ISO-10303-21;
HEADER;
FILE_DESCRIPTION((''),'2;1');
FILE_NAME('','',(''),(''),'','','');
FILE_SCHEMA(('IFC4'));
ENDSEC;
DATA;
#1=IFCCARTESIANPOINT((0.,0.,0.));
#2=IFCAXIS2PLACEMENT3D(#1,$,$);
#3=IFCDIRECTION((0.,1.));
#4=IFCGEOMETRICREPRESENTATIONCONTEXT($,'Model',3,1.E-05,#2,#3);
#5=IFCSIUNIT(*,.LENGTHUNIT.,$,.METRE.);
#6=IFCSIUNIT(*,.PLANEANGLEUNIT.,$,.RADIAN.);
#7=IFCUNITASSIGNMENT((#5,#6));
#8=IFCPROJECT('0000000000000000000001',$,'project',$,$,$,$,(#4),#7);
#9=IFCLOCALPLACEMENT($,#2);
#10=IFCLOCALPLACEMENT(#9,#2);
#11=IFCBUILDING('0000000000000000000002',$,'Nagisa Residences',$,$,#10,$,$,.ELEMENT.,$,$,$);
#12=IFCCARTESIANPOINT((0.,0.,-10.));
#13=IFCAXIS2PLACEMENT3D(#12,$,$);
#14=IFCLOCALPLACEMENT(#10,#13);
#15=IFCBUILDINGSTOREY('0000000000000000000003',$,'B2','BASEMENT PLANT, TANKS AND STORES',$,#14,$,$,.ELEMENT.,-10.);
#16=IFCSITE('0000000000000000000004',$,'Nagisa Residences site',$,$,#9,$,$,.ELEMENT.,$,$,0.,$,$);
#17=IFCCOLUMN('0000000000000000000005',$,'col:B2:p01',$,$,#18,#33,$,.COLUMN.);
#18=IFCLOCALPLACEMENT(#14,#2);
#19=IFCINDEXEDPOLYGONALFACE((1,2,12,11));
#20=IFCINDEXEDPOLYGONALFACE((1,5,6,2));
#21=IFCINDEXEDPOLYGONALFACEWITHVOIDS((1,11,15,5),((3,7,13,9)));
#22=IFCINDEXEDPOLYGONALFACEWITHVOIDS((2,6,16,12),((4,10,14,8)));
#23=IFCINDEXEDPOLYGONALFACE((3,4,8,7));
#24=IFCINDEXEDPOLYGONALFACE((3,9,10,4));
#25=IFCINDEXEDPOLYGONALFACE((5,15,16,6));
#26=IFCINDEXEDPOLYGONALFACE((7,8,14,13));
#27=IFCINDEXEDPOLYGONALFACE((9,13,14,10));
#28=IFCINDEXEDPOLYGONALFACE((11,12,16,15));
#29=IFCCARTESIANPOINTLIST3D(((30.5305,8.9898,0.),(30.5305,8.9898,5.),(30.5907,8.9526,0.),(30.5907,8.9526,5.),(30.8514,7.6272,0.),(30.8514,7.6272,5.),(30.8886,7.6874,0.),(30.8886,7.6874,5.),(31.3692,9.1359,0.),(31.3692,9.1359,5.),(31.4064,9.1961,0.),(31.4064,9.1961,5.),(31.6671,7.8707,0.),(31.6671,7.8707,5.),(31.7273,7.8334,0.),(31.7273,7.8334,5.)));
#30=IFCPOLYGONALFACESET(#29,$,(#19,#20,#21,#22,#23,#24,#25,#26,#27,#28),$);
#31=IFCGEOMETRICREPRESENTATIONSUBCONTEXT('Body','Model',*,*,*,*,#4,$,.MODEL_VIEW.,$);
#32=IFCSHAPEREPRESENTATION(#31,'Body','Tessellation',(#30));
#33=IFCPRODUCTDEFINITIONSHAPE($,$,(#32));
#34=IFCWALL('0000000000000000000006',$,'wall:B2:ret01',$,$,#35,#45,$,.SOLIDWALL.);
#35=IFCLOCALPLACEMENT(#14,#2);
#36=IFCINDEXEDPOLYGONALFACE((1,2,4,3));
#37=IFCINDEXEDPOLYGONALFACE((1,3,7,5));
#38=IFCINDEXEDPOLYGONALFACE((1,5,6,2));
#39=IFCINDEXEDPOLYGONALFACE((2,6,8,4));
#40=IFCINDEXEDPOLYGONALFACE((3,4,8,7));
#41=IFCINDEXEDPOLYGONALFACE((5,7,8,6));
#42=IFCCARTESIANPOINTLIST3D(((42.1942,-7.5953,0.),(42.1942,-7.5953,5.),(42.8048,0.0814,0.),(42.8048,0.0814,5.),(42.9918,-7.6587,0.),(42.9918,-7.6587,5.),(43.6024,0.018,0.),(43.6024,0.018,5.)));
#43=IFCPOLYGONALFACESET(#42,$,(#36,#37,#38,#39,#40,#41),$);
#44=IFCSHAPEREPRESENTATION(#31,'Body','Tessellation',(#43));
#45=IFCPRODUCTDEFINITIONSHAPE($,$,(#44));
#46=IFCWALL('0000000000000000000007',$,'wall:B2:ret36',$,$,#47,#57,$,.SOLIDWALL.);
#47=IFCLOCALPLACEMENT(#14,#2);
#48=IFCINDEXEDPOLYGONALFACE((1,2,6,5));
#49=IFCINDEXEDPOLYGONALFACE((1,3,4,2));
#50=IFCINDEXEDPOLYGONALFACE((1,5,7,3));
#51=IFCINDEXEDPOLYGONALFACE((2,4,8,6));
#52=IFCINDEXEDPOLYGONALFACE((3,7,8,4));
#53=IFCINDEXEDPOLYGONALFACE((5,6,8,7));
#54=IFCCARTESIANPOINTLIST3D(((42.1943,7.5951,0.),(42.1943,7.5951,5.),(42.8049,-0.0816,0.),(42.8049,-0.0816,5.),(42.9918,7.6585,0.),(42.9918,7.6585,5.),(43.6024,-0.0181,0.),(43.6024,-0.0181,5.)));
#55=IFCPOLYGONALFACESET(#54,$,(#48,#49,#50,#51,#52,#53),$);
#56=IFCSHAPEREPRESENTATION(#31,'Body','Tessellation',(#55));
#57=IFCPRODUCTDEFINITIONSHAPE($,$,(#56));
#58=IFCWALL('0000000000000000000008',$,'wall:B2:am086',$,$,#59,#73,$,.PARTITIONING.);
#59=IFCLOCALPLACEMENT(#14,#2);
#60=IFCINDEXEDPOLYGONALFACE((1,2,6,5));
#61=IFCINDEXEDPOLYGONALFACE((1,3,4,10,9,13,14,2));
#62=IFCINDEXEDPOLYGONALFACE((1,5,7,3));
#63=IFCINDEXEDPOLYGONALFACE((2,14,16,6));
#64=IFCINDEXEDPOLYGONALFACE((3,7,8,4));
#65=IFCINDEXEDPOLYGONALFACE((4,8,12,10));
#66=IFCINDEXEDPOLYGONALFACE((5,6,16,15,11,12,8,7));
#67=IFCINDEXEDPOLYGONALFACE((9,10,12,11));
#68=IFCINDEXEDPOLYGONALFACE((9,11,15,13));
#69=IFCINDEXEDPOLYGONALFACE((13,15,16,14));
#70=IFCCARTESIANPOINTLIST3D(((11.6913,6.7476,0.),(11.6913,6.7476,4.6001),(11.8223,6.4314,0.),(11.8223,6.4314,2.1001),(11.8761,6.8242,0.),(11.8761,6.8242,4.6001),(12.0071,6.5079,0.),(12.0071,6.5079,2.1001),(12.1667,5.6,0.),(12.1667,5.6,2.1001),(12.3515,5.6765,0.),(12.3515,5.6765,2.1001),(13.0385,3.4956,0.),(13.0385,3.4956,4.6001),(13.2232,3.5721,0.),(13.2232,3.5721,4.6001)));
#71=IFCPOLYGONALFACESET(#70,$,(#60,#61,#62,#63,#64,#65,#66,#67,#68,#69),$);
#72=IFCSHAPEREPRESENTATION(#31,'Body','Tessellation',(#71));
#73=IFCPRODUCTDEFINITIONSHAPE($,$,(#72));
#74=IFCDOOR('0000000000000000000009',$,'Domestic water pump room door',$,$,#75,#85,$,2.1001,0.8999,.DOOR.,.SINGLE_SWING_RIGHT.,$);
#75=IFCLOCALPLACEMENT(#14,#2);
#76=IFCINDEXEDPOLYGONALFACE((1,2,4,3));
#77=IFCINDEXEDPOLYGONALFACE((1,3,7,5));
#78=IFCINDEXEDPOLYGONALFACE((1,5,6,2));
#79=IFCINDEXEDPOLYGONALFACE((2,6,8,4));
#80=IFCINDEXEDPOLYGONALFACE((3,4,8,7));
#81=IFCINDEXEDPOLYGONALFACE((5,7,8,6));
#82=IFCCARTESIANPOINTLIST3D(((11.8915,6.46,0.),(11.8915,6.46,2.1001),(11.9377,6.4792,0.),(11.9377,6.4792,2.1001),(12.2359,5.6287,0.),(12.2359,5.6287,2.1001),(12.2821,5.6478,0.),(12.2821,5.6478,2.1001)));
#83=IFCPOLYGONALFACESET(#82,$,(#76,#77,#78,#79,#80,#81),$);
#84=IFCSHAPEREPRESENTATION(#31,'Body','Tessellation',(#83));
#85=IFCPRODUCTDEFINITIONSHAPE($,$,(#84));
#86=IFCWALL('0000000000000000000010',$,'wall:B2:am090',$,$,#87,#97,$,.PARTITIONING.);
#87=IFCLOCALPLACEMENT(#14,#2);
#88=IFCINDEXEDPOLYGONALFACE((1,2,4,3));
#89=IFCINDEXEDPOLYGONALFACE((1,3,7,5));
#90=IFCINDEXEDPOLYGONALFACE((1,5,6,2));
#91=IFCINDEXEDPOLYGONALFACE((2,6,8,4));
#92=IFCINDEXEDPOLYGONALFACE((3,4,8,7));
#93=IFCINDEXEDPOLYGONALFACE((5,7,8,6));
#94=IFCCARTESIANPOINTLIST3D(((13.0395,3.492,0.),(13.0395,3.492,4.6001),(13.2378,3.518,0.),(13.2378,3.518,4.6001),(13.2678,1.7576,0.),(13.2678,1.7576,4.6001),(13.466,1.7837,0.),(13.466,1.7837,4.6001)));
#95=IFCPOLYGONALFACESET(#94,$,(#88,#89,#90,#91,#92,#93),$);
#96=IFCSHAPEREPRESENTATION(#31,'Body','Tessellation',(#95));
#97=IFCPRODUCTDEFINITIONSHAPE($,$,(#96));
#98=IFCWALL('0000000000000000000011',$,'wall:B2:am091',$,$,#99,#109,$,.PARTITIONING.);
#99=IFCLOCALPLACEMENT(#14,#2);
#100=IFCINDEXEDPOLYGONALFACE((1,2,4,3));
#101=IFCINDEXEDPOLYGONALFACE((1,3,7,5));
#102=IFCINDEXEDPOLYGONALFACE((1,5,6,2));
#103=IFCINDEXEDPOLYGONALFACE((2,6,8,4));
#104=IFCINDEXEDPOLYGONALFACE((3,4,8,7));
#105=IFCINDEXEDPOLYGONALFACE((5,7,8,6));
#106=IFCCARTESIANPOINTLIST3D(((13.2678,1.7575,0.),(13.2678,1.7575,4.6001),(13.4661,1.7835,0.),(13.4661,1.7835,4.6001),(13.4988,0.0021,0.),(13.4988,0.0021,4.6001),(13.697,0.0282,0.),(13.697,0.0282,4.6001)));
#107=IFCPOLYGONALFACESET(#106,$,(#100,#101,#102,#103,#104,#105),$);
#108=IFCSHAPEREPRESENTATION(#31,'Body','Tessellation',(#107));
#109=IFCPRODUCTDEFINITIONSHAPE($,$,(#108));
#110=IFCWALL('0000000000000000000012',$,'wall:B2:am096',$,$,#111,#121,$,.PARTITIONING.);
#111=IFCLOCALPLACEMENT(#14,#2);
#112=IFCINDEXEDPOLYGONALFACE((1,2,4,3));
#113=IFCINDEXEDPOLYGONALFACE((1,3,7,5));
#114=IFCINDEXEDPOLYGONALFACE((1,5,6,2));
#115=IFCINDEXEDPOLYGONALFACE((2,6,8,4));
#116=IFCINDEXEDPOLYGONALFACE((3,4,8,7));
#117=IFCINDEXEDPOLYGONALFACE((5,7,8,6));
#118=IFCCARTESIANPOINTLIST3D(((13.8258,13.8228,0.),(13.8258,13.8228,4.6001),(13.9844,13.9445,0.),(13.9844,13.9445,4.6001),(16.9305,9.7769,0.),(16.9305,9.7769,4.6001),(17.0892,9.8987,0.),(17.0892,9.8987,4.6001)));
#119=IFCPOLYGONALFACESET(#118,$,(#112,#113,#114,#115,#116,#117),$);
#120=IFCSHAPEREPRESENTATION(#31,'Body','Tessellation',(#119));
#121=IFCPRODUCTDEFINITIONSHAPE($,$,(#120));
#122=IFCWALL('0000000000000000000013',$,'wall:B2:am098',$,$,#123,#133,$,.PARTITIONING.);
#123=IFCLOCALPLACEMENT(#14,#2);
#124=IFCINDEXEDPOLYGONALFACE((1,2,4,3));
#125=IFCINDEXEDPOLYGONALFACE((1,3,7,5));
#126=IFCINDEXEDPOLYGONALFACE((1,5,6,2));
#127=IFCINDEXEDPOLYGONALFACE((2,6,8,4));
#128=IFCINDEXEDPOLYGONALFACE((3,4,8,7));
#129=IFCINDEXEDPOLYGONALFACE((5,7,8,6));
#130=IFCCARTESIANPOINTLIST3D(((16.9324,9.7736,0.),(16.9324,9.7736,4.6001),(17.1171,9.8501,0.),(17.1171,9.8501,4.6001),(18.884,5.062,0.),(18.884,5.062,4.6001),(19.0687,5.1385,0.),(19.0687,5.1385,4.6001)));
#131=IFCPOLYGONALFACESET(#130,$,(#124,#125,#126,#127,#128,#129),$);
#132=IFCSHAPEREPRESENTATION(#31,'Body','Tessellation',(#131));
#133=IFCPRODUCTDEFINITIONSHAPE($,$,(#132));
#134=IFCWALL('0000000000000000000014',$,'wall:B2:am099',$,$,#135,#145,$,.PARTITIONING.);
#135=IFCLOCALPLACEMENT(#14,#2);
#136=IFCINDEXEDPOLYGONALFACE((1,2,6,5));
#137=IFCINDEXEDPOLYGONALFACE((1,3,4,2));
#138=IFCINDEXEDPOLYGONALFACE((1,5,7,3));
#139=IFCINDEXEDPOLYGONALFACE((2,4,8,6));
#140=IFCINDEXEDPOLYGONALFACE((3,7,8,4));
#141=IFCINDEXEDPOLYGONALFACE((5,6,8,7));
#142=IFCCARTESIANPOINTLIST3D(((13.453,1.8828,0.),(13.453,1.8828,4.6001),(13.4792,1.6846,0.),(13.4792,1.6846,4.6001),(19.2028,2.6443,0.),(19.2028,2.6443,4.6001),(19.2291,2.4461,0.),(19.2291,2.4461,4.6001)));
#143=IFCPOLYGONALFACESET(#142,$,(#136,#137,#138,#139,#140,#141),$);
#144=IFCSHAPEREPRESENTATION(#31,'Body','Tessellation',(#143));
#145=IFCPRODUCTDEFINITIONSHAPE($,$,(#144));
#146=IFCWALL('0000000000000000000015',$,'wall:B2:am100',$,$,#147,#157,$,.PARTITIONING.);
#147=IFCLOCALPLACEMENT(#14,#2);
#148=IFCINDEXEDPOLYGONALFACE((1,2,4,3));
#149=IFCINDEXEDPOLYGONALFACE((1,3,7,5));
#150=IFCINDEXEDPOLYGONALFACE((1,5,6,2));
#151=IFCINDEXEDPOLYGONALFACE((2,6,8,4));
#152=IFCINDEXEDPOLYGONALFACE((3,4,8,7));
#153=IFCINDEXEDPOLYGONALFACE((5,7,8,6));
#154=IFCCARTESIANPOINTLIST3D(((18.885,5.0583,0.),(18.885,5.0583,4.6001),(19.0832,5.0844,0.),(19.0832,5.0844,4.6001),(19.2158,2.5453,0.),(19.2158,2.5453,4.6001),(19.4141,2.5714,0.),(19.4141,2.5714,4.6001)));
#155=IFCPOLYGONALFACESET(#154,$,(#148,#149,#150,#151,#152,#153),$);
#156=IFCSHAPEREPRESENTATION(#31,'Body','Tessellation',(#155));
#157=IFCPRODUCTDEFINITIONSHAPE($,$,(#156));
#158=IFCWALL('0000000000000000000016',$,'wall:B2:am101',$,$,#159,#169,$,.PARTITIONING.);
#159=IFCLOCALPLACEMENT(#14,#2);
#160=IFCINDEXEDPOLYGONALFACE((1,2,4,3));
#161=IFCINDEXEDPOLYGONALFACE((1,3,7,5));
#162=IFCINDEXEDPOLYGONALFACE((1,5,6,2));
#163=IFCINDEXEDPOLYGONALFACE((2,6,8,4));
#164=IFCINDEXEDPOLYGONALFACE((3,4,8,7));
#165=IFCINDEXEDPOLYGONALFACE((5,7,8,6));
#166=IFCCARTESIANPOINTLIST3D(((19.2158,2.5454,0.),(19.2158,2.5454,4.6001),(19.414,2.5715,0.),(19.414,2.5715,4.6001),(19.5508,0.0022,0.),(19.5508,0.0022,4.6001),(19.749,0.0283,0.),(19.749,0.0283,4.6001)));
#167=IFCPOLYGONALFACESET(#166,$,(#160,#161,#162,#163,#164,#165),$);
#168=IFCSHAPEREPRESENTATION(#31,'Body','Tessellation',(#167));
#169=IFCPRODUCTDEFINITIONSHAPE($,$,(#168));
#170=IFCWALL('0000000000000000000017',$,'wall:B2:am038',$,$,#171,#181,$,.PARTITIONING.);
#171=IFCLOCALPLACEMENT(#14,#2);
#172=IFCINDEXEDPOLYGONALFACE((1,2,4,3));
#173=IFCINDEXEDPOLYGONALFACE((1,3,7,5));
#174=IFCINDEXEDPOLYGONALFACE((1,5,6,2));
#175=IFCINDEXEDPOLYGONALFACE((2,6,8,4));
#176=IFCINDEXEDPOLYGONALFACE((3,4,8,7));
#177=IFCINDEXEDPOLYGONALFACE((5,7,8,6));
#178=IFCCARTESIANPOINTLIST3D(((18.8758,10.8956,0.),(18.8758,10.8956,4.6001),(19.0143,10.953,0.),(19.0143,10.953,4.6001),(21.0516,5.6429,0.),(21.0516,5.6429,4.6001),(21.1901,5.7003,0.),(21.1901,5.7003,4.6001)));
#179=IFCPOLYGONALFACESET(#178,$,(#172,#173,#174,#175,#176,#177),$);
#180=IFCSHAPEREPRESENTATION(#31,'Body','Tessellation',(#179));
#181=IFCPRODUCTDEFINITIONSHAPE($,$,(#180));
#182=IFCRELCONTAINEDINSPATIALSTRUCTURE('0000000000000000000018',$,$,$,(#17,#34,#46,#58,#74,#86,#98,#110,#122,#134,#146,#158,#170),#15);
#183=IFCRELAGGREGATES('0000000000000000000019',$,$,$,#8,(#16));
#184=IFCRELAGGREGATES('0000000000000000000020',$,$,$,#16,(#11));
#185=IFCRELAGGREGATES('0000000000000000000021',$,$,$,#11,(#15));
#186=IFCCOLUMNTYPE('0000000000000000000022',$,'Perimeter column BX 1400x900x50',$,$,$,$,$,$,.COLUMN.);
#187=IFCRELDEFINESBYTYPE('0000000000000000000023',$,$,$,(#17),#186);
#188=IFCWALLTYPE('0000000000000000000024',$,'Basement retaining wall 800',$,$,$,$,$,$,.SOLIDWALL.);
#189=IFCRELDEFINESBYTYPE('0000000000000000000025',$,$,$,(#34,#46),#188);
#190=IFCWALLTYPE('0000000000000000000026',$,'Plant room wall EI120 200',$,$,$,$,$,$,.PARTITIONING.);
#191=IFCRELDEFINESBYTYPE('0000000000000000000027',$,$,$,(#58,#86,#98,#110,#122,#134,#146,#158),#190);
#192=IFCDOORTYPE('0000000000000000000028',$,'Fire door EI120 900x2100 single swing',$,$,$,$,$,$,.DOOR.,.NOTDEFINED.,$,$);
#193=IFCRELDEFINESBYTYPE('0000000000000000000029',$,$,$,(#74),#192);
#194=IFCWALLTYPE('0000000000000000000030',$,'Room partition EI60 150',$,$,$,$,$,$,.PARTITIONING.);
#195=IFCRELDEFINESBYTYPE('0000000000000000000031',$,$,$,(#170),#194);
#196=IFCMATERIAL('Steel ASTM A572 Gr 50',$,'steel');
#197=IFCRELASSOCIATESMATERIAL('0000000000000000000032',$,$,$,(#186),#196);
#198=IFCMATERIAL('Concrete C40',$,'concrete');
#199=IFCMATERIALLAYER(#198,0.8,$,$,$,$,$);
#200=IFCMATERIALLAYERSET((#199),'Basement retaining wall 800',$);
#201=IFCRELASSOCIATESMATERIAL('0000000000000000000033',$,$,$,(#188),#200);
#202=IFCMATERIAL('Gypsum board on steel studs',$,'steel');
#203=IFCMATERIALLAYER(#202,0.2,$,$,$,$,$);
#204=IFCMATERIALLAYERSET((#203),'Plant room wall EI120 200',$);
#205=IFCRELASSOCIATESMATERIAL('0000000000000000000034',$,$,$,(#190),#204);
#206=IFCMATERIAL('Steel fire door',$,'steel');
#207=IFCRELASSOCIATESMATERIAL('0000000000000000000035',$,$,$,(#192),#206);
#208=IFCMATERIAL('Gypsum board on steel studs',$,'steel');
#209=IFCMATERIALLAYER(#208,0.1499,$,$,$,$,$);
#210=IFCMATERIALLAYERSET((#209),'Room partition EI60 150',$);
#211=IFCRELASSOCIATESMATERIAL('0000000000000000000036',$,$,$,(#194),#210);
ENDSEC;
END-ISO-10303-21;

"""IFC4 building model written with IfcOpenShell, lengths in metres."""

from ifc_helpers import new_model, si_unit, direction, frame, frame_2d, origin, origin_2d, place, context, subcontext, project, spatial, rectangle, hollow_rectangle, extrude, material, layer, layer_set, material_profile, profile_set, type_object, element, fill, save


model = new_model("IFC4")

# Units and contexts
model_context = context("Model", 3, precision=1e-05, world=origin(), true_north=direction((0.0, 1.0)))
body_context = subcontext(model_context, "Body", "Model", "MODEL_VIEW")
ifc_project = project(units=[si_unit("LENGTHUNIT", "METRE"), si_unit("PLANEANGLEUNIT", "RADIAN")], contexts=[model_context])

# Site, building, storey
site_placement = place(None, origin())
site = spatial("IfcSite", under=ifc_project, at=site_placement, Name="Nagisa Residences site", CompositionType="ELEMENT", RefElevation=0.0)
building_placement = place(site_placement, origin())
building = spatial("IfcBuilding", under=site, at=building_placement, Name="Nagisa Residences", CompositionType="ELEMENT")
storey_placement = place(building_placement, frame((0.0, 0.0, -10.0)))
storey = spatial("IfcBuildingStorey", under=building, at=storey_placement, Name="B2", Description="BASEMENT PLANT, TANKS AND STORES", CompositionType="ELEMENT", Elevation=-10.0)

# Column
ifc_material_1 = material(Name="Steel ASTM A572 Gr 50", Category="steel")
ifc_material_profile_1 = material_profile(ifc_material_1, hollow_rectangle(XDim=1.3999, YDim=0.8999, WallThickness=0.05, at=origin_2d()), Name="BX 1400x900x50")
ifc_profile_set_1 = profile_set([ifc_material_profile_1], Name="Steel ASTM A572 Gr 50")
column_type_1 = type_object("IfcColumnType", Name="Perimeter column BX 1400x900x50", PredefinedType="COLUMN", material=ifc_profile_set_1)
column_1_placement = place(storey_placement, frame((31.1289, 8.4116, 0.0), z_axis=(0.0, 0.0, 1.0), x_axis=(-0.229202, 0.973379, 0.0)))
element("IfcColumn", 1, at=column_1_placement, inside=storey, type_object=column_type_1, Name="col:B2:p01", PredefinedType="COLUMN", context=body_context, shape_type="SweptSolid", body=[
    extrude(hollow_rectangle(XDim=1.3999, YDim=0.8999, WallThickness=0.05, at=origin_2d()), origin(), (0.0, 0.0, 1.0), 5.0),
])

# Walls
ifc_material_2 = material(Name="Concrete C40", Category="concrete")
ifc_layer_1 = layer(ifc_material_2, 0.8)
ifc_layer_set_1 = layer_set([ifc_layer_1], Name="Basement retaining wall 800")
wall_type_1 = type_object("IfcWallType", Name="Basement retaining wall 800", PredefinedType="SOLIDWALL", material=ifc_layer_set_1)
for number, where, z_axis, x_axis, name in (
    (2, (43.2036, 0.0498, 0.0), (0.0, 0.0, 1.0), (-0.079288, -0.996852, 0.0), "wall:B2:ret01"),
    (3, (42.593, 7.627, 0.0), (0.0, 0.0, 1.0), (0.079288, -0.996852, 0.0), "wall:B2:ret36"),
):
    element("IfcWall", number, at=place(storey_placement, frame(where, z_axis=z_axis, x_axis=x_axis)), inside=storey, type_object=wall_type_1, Name=name, PredefinedType="SOLIDWALL", context=body_context, shape_type="SweptSolid", body=[
        extrude(rectangle(XDim=7.7009, YDim=0.8, at=frame_2d((3.8506, 0.0))), origin(), (0.0, 0.0, 1.0), 5.0),
    ])

# Wall, opening, door
ifc_material_3 = material(Name="Gypsum board on steel studs", Category="steel")
ifc_layer_2 = layer(ifc_material_3, 0.2)
ifc_layer_set_2 = layer_set([ifc_layer_2], Name="Plant room wall EI120 200")
wall_type_2 = type_object("IfcWallType", Name="Plant room wall EI120 200", PredefinedType="PARTITIONING", material=ifc_layer_set_2)
wall_1_placement = place(storey_placement, frame((11.7837, 6.7859, 0.0), z_axis=(0.0, 0.0, 1.0), x_axis=(0.382723, -0.923863, 0.0)))
wall_1 = element("IfcWall", 4, at=wall_1_placement, inside=storey, type_object=wall_type_2, Name="wall:B2:am086", PredefinedType="PARTITIONING", context=body_context, shape_type="SweptSolid", body=[
    extrude(rectangle(XDim=3.52, YDim=0.2, at=frame_2d((1.76, 0.0))), origin(), (0.0, 0.0, 1.0), 4.6001),
])
opening_placement = place(wall_1_placement, frame((0.3423, 0.0, 0.0)))
opening = element("IfcOpeningElement", 5, at=opening_placement, cuts=wall_1, PredefinedType="OPENING", context=body_context, shape_type="SweptSolid", body=[
    extrude(rectangle(XDim=0.8999, YDim=2.1001, at=frame_2d((0.45, 1.05))), frame((0.0, 0.1099, 0.0), z_axis=(0.0, -1.0, 0.0), x_axis=(1.0, 0.0, 0.0)), (0.0, 0.0, 1.0), 0.22),
])
ifc_material_4 = material(Name="Steel fire door", Category="steel")
door_type = type_object("IfcDoorType", Name="Fire door EI120 900x2100 single swing", OperationType="NOTDEFINED", PredefinedType="DOOR", material=ifc_material_4)
door_placement = place(opening_placement, origin())
door = element("IfcDoor", 6, at=door_placement, inside=storey, type_object=door_type, Name="Domestic water pump room door", OperationType="SINGLE_SWING_RIGHT", OverallHeight=2.1001, OverallWidth=0.8999, PredefinedType="DOOR", context=body_context, shape_type="SweptSolid", body=[
    extrude(rectangle(XDim=0.8999, YDim=2.1001, at=frame_2d((0.45, 1.05))), frame((0.0, 0.0249, 0.0), z_axis=(0.0, -1.0, 0.0), x_axis=(1.0, 0.0, 0.0)), (0.0, 0.0, 1.0), 0.05),
])
fill(opening, door)

# Walls
wall_2_placement = place(storey_placement, frame((13.1387, 3.5049, 0.0), z_axis=(0.0, 0.0, 1.0), x_axis=(0.130491, -0.99145, 0.0)))
element("IfcWall", 7, at=wall_2_placement, inside=storey, type_object=wall_type_2, Name="wall:B2:am090", PredefinedType="PARTITIONING", context=body_context, shape_type="SweptSolid", body=[
    extrude(rectangle(XDim=1.7493, YDim=0.2, at=frame_2d((0.8745, 0.0))), origin(), (0.0, 0.0, 1.0), 4.6001),
])
wall_3_placement = place(storey_placement, frame((13.3669, 1.7705, 0.0), z_axis=(0.0, 0.0, 1.0), x_axis=(0.130447, -0.991455, 0.0)))
element("IfcWall", 8, at=wall_3_placement, inside=storey, type_object=wall_type_2, Name="wall:B2:am091", PredefinedType="PARTITIONING", context=body_context, shape_type="SweptSolid", body=[
    extrude(rectangle(XDim=1.7705, YDim=0.2, at=frame_2d((0.8853, 0.0))), origin(), (0.0, 0.0, 1.0), 4.6001),
])
for number, where, z_axis, x_axis, name in (
    (9, (17.0098, 9.8379, 0.0), (0.0, 0.0, 1.0), (-0.608787, 0.793334, 0.0), "wall:B2:am096"),
    (10, (18.9763, 5.1003, 0.0), (0.0, 0.0, 1.0), (-0.382687, 0.923878, 0.0), "wall:B2:am098"),
):
    element("IfcWall", number, at=place(storey_placement, frame(where, z_axis=z_axis, x_axis=x_axis)), inside=storey, type_object=wall_type_2, Name=name, PredefinedType="PARTITIONING", context=body_context, shape_type="SweptSolid", body=[
        extrude(rectangle(XDim=5.0999, YDim=0.2, at=frame_2d((2.5498, 0.0))), origin(), (0.0, 0.0, 1.0), 4.6001),
    ])
wall_4_placement = place(storey_placement, frame((19.2158, 2.5452, 0.0), z_axis=(0.0, 0.0, 1.0), x_axis=(-0.991344, -0.13129, 0.0)))
element("IfcWall", 11, at=wall_4_placement, inside=storey, type_object=wall_type_2, Name="wall:B2:am099", PredefinedType="PARTITIONING", context=body_context, shape_type="SweptSolid", body=[
    extrude(rectangle(XDim=5.8, YDim=0.2, at=frame_2d((2.8999, 0.0))), origin(), (0.0, 0.0, 1.0), 4.6001),
])
wall_5_placement = place(storey_placement, frame((19.3149, 2.5583, 0.0), z_axis=(0.0, 0.0, 1.0), x_axis=(-0.130517, 0.991446, 0.0)))
element("IfcWall", 12, at=wall_5_placement, inside=storey, type_object=wall_type_2, Name="wall:B2:am100", PredefinedType="PARTITIONING", context=body_context, shape_type="SweptSolid", body=[
    extrude(rectangle(XDim=2.5347, YDim=0.2, at=frame_2d((1.2673, 0.0))), origin(), (0.0, 0.0, 1.0), 4.6001),
])
wall_6_placement = place(storey_placement, frame((19.6499, 0.0151, 0.0), z_axis=(0.0, 0.0, 1.0), x_axis=(-0.13058, 0.991438, 0.0)))
element("IfcWall", 13, at=wall_6_placement, inside=storey, type_object=wall_type_2, Name="wall:B2:am101", PredefinedType="PARTITIONING", context=body_context, shape_type="SweptSolid", body=[
    extrude(rectangle(XDim=2.5652, YDim=0.2, at=frame_2d((1.2827, 0.0))), origin(), (0.0, 0.0, 1.0), 4.6001),
])
ifc_material_5 = material(Name="Gypsum board on steel studs", Category="steel")
ifc_layer_3 = layer(ifc_material_5, 0.1499)
ifc_layer_set_3 = layer_set([ifc_layer_3], Name="Room partition EI60 150")
wall_type_3 = type_object("IfcWallType", Name="Room partition EI60 150", PredefinedType="PARTITIONING", material=ifc_layer_set_3)
wall_7_placement = place(storey_placement, frame((18.9451, 10.9243, 0.0), z_axis=(0.0, 0.0, 1.0), x_axis=(0.382691, -0.923877, 0.0)))
element("IfcWall", 14, at=wall_7_placement, inside=storey, type_object=wall_type_3, Name="wall:B2:am038", PredefinedType="PARTITIONING", context=body_context, shape_type="SweptSolid", body=[
    extrude(rectangle(XDim=5.6855, YDim=0.1499, at=frame_2d((2.8428, 0.0))), origin(), (0.0, 0.0, 1.0), 4.6001),
])

save(model, "model.ifc")
